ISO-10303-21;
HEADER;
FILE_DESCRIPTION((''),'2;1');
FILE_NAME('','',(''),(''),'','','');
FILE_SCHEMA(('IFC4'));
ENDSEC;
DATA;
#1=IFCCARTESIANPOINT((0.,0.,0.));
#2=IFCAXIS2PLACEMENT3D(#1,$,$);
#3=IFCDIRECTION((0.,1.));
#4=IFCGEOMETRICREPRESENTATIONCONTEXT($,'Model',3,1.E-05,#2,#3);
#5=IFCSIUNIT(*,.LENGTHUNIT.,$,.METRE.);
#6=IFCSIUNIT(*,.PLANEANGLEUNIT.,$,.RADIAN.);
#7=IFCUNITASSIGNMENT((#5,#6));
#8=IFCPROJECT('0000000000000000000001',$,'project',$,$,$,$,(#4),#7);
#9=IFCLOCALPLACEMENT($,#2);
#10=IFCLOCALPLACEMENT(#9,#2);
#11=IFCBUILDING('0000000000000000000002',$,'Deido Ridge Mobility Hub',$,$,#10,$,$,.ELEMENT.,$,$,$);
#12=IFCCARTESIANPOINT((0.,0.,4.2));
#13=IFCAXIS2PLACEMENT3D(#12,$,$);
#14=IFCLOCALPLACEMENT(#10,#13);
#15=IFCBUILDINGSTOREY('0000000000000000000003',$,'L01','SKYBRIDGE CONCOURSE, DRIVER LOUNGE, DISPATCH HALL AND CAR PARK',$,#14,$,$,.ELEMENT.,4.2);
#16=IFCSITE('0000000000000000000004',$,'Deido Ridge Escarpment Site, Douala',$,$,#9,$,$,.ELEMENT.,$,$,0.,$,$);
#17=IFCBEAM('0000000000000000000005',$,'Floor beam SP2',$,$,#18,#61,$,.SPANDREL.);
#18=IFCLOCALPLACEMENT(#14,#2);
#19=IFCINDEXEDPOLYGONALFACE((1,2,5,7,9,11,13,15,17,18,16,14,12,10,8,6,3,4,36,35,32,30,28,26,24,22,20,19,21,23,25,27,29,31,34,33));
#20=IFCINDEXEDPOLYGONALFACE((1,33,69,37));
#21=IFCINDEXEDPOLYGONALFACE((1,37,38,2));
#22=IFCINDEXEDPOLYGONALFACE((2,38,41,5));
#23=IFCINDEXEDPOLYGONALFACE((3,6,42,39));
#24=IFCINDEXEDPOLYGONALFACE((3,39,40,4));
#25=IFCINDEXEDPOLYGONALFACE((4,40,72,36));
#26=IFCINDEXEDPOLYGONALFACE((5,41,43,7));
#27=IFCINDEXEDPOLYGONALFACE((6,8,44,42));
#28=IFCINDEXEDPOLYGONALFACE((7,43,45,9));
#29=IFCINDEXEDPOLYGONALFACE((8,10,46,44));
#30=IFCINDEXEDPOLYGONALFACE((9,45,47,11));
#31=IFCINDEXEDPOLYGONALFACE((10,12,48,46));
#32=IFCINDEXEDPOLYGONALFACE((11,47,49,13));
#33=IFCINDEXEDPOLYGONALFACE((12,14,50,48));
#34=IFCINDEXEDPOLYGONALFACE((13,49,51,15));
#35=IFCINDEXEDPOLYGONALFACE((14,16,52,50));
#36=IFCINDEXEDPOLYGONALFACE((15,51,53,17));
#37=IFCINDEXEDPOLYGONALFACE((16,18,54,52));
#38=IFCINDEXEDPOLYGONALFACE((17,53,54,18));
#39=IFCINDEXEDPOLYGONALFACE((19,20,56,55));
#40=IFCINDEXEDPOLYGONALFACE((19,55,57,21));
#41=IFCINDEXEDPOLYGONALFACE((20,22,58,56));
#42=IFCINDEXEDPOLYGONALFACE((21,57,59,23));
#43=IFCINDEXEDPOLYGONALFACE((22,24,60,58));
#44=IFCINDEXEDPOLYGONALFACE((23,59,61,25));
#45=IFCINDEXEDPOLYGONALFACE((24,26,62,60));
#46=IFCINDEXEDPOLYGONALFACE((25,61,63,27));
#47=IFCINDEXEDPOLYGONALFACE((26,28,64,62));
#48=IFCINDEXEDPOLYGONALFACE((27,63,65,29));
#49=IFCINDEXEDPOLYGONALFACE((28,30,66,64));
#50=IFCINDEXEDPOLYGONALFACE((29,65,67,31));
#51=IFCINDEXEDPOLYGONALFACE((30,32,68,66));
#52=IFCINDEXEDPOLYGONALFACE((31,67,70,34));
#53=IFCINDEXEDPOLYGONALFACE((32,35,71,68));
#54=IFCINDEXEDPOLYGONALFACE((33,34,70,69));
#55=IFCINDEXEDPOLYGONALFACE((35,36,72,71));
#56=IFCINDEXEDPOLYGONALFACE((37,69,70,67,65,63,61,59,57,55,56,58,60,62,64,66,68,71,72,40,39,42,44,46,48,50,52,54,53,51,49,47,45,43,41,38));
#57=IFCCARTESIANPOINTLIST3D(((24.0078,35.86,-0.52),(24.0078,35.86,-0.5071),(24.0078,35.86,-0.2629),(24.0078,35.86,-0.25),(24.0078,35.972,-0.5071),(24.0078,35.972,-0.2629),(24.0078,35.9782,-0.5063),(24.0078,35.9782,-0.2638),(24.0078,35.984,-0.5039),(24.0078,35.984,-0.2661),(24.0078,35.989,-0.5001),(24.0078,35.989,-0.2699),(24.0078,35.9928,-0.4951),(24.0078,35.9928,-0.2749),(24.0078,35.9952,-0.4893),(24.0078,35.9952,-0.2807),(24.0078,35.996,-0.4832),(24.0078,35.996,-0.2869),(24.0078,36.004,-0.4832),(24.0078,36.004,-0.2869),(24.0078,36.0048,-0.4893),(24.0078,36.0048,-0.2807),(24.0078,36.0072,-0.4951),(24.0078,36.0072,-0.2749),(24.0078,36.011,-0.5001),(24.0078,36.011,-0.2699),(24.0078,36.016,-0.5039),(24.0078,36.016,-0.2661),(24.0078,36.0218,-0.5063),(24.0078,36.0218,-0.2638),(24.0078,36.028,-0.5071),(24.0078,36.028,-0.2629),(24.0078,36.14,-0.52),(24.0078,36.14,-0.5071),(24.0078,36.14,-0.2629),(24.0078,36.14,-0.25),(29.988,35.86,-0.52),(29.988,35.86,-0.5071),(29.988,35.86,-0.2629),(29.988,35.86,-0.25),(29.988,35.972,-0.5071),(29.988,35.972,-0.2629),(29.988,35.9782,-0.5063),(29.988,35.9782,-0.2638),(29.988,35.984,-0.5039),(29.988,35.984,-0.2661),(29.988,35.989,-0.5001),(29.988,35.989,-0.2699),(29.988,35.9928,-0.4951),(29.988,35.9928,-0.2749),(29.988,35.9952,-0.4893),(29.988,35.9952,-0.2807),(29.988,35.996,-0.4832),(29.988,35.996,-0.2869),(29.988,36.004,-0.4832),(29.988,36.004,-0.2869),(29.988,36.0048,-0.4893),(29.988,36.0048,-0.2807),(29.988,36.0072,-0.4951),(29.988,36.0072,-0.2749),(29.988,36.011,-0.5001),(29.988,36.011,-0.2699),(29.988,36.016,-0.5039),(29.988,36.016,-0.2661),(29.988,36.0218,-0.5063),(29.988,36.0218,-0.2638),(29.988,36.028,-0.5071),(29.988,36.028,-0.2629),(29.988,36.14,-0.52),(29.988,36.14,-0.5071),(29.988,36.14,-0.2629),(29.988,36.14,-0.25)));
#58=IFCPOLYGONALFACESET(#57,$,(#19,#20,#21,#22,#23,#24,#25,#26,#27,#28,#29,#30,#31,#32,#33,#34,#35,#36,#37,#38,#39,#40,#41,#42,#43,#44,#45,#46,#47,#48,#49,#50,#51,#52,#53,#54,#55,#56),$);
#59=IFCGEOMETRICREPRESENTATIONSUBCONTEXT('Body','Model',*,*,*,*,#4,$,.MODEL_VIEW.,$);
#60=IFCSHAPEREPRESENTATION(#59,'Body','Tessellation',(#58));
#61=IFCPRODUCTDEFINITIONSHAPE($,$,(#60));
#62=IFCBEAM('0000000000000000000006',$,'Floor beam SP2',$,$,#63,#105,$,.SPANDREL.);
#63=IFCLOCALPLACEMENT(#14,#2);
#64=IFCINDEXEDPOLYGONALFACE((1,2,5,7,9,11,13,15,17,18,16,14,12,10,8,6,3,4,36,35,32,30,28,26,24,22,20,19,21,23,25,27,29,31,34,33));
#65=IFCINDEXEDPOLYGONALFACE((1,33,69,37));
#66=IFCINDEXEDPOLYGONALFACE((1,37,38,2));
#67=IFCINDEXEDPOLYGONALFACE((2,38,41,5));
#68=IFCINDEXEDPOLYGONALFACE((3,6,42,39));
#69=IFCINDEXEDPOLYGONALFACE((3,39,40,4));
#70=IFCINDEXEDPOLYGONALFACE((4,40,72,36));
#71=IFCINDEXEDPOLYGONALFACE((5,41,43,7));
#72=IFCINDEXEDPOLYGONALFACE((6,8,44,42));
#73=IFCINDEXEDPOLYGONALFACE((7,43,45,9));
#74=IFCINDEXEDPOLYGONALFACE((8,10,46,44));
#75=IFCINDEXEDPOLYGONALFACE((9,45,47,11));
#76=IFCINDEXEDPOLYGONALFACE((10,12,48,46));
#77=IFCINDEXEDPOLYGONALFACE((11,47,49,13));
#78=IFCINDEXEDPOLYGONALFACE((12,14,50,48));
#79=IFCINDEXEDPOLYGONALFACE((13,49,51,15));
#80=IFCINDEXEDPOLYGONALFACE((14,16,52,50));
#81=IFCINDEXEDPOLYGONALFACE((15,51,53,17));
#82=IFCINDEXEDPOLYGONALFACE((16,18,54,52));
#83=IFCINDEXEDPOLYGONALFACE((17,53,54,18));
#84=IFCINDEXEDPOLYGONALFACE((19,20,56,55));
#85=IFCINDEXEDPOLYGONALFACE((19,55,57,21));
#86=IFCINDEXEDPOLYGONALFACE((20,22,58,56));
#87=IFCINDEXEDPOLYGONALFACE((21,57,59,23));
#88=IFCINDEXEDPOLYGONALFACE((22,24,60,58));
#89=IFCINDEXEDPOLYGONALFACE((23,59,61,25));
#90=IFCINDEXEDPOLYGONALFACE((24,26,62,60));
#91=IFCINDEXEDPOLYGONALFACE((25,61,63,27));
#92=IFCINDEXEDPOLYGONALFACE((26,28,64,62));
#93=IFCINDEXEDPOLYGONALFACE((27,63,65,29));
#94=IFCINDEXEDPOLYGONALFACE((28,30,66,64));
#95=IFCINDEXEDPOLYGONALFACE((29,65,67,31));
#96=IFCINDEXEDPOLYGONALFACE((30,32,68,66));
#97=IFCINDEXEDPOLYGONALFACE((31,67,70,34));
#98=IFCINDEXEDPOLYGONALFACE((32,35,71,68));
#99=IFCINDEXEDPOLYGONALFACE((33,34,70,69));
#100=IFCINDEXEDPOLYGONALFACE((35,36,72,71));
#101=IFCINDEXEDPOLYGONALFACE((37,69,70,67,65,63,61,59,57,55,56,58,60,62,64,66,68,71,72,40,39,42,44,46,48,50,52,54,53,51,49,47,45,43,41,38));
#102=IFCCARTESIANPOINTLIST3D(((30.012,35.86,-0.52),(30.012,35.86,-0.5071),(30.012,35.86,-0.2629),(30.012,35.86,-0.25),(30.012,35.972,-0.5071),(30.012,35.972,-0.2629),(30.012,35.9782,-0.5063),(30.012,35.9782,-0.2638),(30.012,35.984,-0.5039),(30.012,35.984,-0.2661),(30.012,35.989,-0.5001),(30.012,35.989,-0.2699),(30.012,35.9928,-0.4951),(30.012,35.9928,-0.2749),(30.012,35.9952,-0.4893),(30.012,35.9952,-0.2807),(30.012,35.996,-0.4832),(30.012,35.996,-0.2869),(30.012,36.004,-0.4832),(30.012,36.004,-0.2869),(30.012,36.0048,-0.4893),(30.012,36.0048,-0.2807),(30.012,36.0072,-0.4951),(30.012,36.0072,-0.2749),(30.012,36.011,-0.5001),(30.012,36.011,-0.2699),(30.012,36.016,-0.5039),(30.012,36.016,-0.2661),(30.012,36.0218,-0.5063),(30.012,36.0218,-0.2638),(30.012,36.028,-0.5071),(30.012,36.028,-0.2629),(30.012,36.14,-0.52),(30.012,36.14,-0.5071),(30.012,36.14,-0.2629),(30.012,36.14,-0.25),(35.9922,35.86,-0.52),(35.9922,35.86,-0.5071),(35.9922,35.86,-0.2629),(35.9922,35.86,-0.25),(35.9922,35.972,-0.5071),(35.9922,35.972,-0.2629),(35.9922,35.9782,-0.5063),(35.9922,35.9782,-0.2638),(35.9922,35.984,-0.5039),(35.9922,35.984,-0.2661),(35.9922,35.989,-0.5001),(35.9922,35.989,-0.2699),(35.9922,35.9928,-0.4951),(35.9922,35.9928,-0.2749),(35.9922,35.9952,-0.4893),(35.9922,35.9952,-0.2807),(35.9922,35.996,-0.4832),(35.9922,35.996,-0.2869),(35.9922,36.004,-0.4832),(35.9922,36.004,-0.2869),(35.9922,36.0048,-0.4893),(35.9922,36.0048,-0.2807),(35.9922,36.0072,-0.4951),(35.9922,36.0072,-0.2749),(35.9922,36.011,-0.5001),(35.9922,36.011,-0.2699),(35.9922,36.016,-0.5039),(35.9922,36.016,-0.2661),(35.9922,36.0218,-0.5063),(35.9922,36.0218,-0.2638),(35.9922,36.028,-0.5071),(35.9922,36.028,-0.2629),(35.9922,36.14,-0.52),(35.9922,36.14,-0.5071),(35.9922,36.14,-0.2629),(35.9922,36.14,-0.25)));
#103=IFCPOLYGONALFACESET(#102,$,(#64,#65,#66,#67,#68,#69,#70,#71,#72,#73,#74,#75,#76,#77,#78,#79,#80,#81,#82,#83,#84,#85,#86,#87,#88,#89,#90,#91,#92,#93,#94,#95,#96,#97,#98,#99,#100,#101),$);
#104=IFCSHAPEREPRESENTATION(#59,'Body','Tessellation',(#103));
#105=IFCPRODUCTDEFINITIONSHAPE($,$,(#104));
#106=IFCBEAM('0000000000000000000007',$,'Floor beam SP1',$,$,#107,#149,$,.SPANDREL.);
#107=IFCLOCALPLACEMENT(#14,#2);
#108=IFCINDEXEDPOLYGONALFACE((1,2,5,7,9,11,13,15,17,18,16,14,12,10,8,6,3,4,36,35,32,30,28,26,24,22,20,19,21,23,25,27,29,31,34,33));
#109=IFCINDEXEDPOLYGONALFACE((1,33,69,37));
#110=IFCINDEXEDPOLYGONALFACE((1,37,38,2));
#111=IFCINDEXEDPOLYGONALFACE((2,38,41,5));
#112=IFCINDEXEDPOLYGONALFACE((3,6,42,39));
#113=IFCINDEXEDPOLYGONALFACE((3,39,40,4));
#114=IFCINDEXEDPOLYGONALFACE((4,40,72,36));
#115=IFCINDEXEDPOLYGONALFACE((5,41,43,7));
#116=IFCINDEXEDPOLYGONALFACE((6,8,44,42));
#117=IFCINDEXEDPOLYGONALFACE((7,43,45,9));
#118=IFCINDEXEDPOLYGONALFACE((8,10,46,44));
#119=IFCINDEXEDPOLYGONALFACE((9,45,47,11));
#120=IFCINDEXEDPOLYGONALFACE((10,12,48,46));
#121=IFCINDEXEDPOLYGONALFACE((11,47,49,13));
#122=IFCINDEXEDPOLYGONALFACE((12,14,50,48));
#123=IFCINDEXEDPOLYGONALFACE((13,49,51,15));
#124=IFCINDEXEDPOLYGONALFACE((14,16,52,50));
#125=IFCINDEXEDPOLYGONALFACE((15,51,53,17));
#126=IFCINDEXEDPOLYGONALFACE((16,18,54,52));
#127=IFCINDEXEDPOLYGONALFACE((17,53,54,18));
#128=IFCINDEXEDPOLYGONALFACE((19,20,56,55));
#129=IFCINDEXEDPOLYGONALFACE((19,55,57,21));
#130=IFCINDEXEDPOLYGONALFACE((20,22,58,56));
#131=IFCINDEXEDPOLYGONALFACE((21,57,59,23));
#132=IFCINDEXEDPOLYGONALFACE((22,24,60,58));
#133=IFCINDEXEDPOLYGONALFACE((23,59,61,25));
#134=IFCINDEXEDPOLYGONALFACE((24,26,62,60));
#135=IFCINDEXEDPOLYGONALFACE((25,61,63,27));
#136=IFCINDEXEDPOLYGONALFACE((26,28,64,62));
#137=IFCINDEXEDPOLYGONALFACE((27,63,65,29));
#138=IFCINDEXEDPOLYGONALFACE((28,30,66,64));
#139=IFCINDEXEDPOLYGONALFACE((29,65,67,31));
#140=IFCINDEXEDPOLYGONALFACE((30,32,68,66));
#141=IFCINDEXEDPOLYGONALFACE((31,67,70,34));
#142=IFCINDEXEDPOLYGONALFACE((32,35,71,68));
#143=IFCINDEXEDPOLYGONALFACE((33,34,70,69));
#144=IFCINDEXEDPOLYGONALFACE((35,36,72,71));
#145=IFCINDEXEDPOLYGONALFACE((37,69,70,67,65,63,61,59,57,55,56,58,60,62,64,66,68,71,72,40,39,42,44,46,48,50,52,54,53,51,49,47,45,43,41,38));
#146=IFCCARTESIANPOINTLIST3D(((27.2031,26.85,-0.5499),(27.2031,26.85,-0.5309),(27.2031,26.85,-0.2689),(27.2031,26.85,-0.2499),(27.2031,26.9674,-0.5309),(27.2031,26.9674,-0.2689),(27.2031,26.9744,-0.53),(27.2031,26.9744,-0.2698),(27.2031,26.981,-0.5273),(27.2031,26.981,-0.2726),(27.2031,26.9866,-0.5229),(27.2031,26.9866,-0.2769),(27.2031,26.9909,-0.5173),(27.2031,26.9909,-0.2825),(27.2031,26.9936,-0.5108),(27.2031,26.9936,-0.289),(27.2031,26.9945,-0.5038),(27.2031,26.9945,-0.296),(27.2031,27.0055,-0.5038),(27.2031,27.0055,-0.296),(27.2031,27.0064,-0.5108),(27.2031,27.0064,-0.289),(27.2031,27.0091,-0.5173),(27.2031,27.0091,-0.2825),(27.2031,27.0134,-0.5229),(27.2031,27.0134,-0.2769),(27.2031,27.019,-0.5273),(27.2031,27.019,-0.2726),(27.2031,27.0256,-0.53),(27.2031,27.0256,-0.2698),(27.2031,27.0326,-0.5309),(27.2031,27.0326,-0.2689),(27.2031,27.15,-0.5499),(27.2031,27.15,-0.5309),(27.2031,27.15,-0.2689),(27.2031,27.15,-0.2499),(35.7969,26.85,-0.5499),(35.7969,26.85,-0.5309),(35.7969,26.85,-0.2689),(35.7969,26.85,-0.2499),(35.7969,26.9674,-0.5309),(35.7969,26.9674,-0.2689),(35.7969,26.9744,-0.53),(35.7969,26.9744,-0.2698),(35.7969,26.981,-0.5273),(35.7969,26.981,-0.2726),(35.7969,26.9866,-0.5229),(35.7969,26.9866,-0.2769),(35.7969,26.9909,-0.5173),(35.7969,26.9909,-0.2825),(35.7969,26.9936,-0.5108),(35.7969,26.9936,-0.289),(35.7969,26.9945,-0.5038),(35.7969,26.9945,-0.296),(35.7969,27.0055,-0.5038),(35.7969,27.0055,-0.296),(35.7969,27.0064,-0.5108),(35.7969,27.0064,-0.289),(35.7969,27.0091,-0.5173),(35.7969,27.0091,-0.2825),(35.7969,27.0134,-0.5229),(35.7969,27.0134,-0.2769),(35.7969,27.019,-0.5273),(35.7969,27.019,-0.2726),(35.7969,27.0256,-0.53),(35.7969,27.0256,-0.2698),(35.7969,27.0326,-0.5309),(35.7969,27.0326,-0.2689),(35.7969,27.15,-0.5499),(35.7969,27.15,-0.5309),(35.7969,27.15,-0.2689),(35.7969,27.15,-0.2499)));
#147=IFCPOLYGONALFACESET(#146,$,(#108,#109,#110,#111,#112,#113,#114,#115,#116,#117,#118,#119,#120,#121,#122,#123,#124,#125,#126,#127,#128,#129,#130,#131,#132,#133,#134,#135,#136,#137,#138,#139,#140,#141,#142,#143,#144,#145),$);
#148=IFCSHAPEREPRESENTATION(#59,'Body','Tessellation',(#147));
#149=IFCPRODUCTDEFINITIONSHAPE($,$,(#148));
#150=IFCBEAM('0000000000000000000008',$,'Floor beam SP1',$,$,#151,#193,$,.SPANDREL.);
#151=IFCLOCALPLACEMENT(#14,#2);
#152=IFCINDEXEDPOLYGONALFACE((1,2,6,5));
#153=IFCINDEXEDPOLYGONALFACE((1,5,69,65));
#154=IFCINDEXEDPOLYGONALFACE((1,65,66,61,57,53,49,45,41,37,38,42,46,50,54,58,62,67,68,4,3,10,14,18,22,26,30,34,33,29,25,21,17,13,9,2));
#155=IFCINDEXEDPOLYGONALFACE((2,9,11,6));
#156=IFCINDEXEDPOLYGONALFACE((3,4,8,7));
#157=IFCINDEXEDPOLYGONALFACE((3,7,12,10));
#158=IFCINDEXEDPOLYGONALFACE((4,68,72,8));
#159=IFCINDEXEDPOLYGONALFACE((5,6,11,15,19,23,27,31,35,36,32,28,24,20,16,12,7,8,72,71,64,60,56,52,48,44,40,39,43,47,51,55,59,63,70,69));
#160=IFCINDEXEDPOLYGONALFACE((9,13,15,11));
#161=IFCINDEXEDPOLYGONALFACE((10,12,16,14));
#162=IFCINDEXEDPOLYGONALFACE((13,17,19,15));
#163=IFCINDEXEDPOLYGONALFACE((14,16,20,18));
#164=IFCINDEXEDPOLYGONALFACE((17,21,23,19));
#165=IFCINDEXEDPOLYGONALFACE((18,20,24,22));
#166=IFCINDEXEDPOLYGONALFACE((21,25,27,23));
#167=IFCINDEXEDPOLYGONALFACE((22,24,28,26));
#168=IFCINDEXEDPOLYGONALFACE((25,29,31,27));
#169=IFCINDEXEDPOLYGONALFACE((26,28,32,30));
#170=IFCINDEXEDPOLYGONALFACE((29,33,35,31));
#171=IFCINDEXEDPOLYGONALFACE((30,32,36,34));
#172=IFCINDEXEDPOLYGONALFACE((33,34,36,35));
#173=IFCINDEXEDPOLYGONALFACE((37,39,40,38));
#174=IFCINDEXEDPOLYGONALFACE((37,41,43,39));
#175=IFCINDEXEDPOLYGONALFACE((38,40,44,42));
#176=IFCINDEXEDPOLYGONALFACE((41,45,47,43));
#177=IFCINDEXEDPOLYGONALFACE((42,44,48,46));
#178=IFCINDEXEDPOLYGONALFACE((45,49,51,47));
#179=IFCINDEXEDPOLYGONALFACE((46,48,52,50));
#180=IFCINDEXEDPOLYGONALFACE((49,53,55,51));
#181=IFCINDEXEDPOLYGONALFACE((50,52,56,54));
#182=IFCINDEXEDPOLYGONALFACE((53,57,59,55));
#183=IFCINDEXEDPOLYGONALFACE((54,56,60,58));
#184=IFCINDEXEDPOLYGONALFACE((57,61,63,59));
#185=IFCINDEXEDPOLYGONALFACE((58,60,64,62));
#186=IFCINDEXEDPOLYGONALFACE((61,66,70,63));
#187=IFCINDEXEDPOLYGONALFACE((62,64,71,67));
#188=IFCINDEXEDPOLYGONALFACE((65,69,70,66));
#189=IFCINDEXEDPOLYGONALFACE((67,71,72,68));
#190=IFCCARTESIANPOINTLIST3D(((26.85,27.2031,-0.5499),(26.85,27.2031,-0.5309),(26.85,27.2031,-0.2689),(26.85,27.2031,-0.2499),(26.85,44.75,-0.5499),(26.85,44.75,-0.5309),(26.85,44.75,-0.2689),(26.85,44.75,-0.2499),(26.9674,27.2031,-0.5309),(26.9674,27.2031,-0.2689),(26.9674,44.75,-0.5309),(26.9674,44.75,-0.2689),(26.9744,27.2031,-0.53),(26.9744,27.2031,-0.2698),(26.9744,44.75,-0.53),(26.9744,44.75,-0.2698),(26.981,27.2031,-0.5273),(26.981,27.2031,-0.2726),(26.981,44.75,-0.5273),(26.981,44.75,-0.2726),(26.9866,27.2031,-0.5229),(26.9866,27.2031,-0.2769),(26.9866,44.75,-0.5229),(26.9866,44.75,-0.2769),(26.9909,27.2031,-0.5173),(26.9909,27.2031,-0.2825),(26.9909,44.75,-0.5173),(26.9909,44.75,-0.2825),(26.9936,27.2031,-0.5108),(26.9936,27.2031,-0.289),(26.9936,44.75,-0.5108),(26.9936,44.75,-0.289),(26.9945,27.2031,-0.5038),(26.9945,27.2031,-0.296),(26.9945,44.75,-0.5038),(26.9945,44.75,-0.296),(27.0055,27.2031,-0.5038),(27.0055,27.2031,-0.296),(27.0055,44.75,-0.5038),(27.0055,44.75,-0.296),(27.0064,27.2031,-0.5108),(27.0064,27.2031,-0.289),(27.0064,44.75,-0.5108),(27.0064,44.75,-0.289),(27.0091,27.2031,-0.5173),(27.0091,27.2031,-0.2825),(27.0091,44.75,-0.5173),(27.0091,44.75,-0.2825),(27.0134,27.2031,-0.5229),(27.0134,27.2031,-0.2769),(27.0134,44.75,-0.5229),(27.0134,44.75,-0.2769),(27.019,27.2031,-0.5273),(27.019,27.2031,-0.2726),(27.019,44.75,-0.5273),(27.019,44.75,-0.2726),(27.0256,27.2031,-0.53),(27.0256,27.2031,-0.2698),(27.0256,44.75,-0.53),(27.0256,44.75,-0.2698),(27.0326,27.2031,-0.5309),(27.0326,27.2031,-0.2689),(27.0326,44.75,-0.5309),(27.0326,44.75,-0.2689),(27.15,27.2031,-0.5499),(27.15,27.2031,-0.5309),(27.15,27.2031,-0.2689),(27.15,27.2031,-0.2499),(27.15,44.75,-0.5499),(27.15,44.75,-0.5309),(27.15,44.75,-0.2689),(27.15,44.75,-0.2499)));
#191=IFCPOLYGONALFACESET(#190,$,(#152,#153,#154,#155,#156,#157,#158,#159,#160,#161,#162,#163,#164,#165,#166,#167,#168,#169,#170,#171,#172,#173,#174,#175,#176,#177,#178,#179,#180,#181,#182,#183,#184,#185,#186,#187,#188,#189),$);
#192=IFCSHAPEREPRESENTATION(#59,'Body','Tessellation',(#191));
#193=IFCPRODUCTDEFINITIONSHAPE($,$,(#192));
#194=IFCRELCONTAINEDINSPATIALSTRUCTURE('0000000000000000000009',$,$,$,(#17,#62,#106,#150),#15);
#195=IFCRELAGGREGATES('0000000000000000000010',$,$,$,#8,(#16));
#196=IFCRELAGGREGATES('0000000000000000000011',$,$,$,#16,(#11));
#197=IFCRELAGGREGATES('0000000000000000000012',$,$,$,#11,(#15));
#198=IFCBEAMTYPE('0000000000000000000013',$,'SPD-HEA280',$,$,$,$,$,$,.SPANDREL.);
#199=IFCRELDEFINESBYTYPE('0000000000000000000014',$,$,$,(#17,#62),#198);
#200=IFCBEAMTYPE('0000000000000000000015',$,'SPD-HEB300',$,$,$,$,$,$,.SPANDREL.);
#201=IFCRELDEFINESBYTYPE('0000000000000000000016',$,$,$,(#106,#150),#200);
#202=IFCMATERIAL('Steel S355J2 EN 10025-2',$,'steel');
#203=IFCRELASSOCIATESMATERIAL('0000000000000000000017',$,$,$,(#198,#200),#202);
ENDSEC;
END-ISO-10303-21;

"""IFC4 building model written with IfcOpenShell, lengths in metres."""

from ifc_helpers import new_model, si_unit, direction, frame, origin, origin_2d, place, context, subcontext, project, spatial, i_section, extrude, material, material_profile, profile_set, type_object, element, save


model = new_model("IFC4")

# Units and contexts
model_context = context("Model", 3, precision=1e-05, world=origin(), true_north=direction((0.0, 1.0)))
body_context = subcontext(model_context, "Body", "Model", "MODEL_VIEW")
ifc_project = project(units=[si_unit("LENGTHUNIT", "METRE"), si_unit("PLANEANGLEUNIT", "RADIAN")], contexts=[model_context])

# Site, building, storey
site_placement = place(None, origin())
site = spatial("IfcSite", under=ifc_project, at=site_placement, Name="Deido Ridge Escarpment Site, Douala", CompositionType="ELEMENT", RefElevation=0.0)
building_placement = place(site_placement, origin())
building = spatial("IfcBuilding", under=site, at=building_placement, Name="Deido Ridge Mobility Hub", CompositionType="ELEMENT")
storey_placement = place(building_placement, frame((0.0, 0.0, 4.2)))
storey = spatial("IfcBuildingStorey", under=building, at=storey_placement, Name="L01", Description="SKYBRIDGE CONCOURSE, DRIVER LOUNGE, DISPATCH HALL AND CAR PARK", CompositionType="ELEMENT", Elevation=4.2)

# Shared definitions
ifc_material_1 = material(Name="Steel S355J2 EN 10025-2", Category="steel")

# Beams
ifc_material_profile_1 = material_profile(ifc_material_1, i_section(OverallWidth=0.28, OverallDepth=0.27, WebThickness=0.0081, FlangeThickness=0.0129, FilletRadius=0.0239, at=origin_2d()), Name="HEA 280")
ifc_profile_set_1 = profile_set([ifc_material_profile_1], Name="Steel S355J2 EN 10025-2")
beam_type_1 = type_object("IfcBeamType", Name="SPD-HEA280", PredefinedType="SPANDREL", material=ifc_profile_set_1)
for number, where, z_axis, x_axis, name in (
    (1, (24.0078, 36.0, -0.385), (1.0, 0.0, 0.0), (0.0, 1.0, 0.0), "Floor beam SP2"),
    (2, (30.012, 36.0, -0.385), (1.0, 0.0, 0.0), (0.0, 1.0, 0.0), "Floor beam SP2"),
):
    element("IfcBeam", number, at=place(storey_placement, frame(where, z_axis=z_axis, x_axis=x_axis)), inside=storey, type_object=beam_type_1, Name=name, PredefinedType="SPANDREL", context=body_context, shape_type="SweptSolid", body=[
        extrude(i_section(OverallWidth=0.28, OverallDepth=0.27, WebThickness=0.0081, FlangeThickness=0.0129, FilletRadius=0.0239, at=origin_2d()), origin(), (0.0, 0.0, 1.0), 5.9802),
    ])
ifc_material_profile_2 = material_profile(ifc_material_1, i_section(OverallWidth=0.3, OverallDepth=0.3, WebThickness=0.011, FlangeThickness=0.019, FilletRadius=0.0271, at=origin_2d()), Name="HEB 300")
ifc_profile_set_2 = profile_set([ifc_material_profile_2], Name="Steel S355J2 EN 10025-2")
beam_type_2 = type_object("IfcBeamType", Name="SPD-HEB300", PredefinedType="SPANDREL", material=ifc_profile_set_2)
beam_1_placement = place(storey_placement, frame((27.2031, 27.0, -0.3999), z_axis=(1.0, 0.0, 0.0), x_axis=(0.0, 1.0, 0.0)))
element("IfcBeam", 3, at=beam_1_placement, inside=storey, type_object=beam_type_2, Name="Floor beam SP1", PredefinedType="SPANDREL", context=body_context, shape_type="SweptSolid", body=[
    extrude(i_section(OverallWidth=0.3, OverallDepth=0.3, WebThickness=0.011, FlangeThickness=0.019, FilletRadius=0.0271, at=origin_2d()), origin(), (0.0, 0.0, 1.0), 8.5938),
])
beam_2_placement = place(storey_placement, frame((27.0, 27.2031, -0.3999), z_axis=(0.0, 1.0, 0.0), x_axis=(-1.0, 0.0, 0.0)))
element("IfcBeam", 4, at=beam_2_placement, inside=storey, type_object=beam_type_2, Name="Floor beam SP1", PredefinedType="SPANDREL", context=body_context, shape_type="SweptSolid", body=[
    extrude(i_section(OverallWidth=0.3, OverallDepth=0.3, WebThickness=0.011, FlangeThickness=0.019, FilletRadius=0.0271, at=origin_2d()), origin(), (0.0, 0.0, 1.0), 17.5469),
])

save(model, "model.ifc")
